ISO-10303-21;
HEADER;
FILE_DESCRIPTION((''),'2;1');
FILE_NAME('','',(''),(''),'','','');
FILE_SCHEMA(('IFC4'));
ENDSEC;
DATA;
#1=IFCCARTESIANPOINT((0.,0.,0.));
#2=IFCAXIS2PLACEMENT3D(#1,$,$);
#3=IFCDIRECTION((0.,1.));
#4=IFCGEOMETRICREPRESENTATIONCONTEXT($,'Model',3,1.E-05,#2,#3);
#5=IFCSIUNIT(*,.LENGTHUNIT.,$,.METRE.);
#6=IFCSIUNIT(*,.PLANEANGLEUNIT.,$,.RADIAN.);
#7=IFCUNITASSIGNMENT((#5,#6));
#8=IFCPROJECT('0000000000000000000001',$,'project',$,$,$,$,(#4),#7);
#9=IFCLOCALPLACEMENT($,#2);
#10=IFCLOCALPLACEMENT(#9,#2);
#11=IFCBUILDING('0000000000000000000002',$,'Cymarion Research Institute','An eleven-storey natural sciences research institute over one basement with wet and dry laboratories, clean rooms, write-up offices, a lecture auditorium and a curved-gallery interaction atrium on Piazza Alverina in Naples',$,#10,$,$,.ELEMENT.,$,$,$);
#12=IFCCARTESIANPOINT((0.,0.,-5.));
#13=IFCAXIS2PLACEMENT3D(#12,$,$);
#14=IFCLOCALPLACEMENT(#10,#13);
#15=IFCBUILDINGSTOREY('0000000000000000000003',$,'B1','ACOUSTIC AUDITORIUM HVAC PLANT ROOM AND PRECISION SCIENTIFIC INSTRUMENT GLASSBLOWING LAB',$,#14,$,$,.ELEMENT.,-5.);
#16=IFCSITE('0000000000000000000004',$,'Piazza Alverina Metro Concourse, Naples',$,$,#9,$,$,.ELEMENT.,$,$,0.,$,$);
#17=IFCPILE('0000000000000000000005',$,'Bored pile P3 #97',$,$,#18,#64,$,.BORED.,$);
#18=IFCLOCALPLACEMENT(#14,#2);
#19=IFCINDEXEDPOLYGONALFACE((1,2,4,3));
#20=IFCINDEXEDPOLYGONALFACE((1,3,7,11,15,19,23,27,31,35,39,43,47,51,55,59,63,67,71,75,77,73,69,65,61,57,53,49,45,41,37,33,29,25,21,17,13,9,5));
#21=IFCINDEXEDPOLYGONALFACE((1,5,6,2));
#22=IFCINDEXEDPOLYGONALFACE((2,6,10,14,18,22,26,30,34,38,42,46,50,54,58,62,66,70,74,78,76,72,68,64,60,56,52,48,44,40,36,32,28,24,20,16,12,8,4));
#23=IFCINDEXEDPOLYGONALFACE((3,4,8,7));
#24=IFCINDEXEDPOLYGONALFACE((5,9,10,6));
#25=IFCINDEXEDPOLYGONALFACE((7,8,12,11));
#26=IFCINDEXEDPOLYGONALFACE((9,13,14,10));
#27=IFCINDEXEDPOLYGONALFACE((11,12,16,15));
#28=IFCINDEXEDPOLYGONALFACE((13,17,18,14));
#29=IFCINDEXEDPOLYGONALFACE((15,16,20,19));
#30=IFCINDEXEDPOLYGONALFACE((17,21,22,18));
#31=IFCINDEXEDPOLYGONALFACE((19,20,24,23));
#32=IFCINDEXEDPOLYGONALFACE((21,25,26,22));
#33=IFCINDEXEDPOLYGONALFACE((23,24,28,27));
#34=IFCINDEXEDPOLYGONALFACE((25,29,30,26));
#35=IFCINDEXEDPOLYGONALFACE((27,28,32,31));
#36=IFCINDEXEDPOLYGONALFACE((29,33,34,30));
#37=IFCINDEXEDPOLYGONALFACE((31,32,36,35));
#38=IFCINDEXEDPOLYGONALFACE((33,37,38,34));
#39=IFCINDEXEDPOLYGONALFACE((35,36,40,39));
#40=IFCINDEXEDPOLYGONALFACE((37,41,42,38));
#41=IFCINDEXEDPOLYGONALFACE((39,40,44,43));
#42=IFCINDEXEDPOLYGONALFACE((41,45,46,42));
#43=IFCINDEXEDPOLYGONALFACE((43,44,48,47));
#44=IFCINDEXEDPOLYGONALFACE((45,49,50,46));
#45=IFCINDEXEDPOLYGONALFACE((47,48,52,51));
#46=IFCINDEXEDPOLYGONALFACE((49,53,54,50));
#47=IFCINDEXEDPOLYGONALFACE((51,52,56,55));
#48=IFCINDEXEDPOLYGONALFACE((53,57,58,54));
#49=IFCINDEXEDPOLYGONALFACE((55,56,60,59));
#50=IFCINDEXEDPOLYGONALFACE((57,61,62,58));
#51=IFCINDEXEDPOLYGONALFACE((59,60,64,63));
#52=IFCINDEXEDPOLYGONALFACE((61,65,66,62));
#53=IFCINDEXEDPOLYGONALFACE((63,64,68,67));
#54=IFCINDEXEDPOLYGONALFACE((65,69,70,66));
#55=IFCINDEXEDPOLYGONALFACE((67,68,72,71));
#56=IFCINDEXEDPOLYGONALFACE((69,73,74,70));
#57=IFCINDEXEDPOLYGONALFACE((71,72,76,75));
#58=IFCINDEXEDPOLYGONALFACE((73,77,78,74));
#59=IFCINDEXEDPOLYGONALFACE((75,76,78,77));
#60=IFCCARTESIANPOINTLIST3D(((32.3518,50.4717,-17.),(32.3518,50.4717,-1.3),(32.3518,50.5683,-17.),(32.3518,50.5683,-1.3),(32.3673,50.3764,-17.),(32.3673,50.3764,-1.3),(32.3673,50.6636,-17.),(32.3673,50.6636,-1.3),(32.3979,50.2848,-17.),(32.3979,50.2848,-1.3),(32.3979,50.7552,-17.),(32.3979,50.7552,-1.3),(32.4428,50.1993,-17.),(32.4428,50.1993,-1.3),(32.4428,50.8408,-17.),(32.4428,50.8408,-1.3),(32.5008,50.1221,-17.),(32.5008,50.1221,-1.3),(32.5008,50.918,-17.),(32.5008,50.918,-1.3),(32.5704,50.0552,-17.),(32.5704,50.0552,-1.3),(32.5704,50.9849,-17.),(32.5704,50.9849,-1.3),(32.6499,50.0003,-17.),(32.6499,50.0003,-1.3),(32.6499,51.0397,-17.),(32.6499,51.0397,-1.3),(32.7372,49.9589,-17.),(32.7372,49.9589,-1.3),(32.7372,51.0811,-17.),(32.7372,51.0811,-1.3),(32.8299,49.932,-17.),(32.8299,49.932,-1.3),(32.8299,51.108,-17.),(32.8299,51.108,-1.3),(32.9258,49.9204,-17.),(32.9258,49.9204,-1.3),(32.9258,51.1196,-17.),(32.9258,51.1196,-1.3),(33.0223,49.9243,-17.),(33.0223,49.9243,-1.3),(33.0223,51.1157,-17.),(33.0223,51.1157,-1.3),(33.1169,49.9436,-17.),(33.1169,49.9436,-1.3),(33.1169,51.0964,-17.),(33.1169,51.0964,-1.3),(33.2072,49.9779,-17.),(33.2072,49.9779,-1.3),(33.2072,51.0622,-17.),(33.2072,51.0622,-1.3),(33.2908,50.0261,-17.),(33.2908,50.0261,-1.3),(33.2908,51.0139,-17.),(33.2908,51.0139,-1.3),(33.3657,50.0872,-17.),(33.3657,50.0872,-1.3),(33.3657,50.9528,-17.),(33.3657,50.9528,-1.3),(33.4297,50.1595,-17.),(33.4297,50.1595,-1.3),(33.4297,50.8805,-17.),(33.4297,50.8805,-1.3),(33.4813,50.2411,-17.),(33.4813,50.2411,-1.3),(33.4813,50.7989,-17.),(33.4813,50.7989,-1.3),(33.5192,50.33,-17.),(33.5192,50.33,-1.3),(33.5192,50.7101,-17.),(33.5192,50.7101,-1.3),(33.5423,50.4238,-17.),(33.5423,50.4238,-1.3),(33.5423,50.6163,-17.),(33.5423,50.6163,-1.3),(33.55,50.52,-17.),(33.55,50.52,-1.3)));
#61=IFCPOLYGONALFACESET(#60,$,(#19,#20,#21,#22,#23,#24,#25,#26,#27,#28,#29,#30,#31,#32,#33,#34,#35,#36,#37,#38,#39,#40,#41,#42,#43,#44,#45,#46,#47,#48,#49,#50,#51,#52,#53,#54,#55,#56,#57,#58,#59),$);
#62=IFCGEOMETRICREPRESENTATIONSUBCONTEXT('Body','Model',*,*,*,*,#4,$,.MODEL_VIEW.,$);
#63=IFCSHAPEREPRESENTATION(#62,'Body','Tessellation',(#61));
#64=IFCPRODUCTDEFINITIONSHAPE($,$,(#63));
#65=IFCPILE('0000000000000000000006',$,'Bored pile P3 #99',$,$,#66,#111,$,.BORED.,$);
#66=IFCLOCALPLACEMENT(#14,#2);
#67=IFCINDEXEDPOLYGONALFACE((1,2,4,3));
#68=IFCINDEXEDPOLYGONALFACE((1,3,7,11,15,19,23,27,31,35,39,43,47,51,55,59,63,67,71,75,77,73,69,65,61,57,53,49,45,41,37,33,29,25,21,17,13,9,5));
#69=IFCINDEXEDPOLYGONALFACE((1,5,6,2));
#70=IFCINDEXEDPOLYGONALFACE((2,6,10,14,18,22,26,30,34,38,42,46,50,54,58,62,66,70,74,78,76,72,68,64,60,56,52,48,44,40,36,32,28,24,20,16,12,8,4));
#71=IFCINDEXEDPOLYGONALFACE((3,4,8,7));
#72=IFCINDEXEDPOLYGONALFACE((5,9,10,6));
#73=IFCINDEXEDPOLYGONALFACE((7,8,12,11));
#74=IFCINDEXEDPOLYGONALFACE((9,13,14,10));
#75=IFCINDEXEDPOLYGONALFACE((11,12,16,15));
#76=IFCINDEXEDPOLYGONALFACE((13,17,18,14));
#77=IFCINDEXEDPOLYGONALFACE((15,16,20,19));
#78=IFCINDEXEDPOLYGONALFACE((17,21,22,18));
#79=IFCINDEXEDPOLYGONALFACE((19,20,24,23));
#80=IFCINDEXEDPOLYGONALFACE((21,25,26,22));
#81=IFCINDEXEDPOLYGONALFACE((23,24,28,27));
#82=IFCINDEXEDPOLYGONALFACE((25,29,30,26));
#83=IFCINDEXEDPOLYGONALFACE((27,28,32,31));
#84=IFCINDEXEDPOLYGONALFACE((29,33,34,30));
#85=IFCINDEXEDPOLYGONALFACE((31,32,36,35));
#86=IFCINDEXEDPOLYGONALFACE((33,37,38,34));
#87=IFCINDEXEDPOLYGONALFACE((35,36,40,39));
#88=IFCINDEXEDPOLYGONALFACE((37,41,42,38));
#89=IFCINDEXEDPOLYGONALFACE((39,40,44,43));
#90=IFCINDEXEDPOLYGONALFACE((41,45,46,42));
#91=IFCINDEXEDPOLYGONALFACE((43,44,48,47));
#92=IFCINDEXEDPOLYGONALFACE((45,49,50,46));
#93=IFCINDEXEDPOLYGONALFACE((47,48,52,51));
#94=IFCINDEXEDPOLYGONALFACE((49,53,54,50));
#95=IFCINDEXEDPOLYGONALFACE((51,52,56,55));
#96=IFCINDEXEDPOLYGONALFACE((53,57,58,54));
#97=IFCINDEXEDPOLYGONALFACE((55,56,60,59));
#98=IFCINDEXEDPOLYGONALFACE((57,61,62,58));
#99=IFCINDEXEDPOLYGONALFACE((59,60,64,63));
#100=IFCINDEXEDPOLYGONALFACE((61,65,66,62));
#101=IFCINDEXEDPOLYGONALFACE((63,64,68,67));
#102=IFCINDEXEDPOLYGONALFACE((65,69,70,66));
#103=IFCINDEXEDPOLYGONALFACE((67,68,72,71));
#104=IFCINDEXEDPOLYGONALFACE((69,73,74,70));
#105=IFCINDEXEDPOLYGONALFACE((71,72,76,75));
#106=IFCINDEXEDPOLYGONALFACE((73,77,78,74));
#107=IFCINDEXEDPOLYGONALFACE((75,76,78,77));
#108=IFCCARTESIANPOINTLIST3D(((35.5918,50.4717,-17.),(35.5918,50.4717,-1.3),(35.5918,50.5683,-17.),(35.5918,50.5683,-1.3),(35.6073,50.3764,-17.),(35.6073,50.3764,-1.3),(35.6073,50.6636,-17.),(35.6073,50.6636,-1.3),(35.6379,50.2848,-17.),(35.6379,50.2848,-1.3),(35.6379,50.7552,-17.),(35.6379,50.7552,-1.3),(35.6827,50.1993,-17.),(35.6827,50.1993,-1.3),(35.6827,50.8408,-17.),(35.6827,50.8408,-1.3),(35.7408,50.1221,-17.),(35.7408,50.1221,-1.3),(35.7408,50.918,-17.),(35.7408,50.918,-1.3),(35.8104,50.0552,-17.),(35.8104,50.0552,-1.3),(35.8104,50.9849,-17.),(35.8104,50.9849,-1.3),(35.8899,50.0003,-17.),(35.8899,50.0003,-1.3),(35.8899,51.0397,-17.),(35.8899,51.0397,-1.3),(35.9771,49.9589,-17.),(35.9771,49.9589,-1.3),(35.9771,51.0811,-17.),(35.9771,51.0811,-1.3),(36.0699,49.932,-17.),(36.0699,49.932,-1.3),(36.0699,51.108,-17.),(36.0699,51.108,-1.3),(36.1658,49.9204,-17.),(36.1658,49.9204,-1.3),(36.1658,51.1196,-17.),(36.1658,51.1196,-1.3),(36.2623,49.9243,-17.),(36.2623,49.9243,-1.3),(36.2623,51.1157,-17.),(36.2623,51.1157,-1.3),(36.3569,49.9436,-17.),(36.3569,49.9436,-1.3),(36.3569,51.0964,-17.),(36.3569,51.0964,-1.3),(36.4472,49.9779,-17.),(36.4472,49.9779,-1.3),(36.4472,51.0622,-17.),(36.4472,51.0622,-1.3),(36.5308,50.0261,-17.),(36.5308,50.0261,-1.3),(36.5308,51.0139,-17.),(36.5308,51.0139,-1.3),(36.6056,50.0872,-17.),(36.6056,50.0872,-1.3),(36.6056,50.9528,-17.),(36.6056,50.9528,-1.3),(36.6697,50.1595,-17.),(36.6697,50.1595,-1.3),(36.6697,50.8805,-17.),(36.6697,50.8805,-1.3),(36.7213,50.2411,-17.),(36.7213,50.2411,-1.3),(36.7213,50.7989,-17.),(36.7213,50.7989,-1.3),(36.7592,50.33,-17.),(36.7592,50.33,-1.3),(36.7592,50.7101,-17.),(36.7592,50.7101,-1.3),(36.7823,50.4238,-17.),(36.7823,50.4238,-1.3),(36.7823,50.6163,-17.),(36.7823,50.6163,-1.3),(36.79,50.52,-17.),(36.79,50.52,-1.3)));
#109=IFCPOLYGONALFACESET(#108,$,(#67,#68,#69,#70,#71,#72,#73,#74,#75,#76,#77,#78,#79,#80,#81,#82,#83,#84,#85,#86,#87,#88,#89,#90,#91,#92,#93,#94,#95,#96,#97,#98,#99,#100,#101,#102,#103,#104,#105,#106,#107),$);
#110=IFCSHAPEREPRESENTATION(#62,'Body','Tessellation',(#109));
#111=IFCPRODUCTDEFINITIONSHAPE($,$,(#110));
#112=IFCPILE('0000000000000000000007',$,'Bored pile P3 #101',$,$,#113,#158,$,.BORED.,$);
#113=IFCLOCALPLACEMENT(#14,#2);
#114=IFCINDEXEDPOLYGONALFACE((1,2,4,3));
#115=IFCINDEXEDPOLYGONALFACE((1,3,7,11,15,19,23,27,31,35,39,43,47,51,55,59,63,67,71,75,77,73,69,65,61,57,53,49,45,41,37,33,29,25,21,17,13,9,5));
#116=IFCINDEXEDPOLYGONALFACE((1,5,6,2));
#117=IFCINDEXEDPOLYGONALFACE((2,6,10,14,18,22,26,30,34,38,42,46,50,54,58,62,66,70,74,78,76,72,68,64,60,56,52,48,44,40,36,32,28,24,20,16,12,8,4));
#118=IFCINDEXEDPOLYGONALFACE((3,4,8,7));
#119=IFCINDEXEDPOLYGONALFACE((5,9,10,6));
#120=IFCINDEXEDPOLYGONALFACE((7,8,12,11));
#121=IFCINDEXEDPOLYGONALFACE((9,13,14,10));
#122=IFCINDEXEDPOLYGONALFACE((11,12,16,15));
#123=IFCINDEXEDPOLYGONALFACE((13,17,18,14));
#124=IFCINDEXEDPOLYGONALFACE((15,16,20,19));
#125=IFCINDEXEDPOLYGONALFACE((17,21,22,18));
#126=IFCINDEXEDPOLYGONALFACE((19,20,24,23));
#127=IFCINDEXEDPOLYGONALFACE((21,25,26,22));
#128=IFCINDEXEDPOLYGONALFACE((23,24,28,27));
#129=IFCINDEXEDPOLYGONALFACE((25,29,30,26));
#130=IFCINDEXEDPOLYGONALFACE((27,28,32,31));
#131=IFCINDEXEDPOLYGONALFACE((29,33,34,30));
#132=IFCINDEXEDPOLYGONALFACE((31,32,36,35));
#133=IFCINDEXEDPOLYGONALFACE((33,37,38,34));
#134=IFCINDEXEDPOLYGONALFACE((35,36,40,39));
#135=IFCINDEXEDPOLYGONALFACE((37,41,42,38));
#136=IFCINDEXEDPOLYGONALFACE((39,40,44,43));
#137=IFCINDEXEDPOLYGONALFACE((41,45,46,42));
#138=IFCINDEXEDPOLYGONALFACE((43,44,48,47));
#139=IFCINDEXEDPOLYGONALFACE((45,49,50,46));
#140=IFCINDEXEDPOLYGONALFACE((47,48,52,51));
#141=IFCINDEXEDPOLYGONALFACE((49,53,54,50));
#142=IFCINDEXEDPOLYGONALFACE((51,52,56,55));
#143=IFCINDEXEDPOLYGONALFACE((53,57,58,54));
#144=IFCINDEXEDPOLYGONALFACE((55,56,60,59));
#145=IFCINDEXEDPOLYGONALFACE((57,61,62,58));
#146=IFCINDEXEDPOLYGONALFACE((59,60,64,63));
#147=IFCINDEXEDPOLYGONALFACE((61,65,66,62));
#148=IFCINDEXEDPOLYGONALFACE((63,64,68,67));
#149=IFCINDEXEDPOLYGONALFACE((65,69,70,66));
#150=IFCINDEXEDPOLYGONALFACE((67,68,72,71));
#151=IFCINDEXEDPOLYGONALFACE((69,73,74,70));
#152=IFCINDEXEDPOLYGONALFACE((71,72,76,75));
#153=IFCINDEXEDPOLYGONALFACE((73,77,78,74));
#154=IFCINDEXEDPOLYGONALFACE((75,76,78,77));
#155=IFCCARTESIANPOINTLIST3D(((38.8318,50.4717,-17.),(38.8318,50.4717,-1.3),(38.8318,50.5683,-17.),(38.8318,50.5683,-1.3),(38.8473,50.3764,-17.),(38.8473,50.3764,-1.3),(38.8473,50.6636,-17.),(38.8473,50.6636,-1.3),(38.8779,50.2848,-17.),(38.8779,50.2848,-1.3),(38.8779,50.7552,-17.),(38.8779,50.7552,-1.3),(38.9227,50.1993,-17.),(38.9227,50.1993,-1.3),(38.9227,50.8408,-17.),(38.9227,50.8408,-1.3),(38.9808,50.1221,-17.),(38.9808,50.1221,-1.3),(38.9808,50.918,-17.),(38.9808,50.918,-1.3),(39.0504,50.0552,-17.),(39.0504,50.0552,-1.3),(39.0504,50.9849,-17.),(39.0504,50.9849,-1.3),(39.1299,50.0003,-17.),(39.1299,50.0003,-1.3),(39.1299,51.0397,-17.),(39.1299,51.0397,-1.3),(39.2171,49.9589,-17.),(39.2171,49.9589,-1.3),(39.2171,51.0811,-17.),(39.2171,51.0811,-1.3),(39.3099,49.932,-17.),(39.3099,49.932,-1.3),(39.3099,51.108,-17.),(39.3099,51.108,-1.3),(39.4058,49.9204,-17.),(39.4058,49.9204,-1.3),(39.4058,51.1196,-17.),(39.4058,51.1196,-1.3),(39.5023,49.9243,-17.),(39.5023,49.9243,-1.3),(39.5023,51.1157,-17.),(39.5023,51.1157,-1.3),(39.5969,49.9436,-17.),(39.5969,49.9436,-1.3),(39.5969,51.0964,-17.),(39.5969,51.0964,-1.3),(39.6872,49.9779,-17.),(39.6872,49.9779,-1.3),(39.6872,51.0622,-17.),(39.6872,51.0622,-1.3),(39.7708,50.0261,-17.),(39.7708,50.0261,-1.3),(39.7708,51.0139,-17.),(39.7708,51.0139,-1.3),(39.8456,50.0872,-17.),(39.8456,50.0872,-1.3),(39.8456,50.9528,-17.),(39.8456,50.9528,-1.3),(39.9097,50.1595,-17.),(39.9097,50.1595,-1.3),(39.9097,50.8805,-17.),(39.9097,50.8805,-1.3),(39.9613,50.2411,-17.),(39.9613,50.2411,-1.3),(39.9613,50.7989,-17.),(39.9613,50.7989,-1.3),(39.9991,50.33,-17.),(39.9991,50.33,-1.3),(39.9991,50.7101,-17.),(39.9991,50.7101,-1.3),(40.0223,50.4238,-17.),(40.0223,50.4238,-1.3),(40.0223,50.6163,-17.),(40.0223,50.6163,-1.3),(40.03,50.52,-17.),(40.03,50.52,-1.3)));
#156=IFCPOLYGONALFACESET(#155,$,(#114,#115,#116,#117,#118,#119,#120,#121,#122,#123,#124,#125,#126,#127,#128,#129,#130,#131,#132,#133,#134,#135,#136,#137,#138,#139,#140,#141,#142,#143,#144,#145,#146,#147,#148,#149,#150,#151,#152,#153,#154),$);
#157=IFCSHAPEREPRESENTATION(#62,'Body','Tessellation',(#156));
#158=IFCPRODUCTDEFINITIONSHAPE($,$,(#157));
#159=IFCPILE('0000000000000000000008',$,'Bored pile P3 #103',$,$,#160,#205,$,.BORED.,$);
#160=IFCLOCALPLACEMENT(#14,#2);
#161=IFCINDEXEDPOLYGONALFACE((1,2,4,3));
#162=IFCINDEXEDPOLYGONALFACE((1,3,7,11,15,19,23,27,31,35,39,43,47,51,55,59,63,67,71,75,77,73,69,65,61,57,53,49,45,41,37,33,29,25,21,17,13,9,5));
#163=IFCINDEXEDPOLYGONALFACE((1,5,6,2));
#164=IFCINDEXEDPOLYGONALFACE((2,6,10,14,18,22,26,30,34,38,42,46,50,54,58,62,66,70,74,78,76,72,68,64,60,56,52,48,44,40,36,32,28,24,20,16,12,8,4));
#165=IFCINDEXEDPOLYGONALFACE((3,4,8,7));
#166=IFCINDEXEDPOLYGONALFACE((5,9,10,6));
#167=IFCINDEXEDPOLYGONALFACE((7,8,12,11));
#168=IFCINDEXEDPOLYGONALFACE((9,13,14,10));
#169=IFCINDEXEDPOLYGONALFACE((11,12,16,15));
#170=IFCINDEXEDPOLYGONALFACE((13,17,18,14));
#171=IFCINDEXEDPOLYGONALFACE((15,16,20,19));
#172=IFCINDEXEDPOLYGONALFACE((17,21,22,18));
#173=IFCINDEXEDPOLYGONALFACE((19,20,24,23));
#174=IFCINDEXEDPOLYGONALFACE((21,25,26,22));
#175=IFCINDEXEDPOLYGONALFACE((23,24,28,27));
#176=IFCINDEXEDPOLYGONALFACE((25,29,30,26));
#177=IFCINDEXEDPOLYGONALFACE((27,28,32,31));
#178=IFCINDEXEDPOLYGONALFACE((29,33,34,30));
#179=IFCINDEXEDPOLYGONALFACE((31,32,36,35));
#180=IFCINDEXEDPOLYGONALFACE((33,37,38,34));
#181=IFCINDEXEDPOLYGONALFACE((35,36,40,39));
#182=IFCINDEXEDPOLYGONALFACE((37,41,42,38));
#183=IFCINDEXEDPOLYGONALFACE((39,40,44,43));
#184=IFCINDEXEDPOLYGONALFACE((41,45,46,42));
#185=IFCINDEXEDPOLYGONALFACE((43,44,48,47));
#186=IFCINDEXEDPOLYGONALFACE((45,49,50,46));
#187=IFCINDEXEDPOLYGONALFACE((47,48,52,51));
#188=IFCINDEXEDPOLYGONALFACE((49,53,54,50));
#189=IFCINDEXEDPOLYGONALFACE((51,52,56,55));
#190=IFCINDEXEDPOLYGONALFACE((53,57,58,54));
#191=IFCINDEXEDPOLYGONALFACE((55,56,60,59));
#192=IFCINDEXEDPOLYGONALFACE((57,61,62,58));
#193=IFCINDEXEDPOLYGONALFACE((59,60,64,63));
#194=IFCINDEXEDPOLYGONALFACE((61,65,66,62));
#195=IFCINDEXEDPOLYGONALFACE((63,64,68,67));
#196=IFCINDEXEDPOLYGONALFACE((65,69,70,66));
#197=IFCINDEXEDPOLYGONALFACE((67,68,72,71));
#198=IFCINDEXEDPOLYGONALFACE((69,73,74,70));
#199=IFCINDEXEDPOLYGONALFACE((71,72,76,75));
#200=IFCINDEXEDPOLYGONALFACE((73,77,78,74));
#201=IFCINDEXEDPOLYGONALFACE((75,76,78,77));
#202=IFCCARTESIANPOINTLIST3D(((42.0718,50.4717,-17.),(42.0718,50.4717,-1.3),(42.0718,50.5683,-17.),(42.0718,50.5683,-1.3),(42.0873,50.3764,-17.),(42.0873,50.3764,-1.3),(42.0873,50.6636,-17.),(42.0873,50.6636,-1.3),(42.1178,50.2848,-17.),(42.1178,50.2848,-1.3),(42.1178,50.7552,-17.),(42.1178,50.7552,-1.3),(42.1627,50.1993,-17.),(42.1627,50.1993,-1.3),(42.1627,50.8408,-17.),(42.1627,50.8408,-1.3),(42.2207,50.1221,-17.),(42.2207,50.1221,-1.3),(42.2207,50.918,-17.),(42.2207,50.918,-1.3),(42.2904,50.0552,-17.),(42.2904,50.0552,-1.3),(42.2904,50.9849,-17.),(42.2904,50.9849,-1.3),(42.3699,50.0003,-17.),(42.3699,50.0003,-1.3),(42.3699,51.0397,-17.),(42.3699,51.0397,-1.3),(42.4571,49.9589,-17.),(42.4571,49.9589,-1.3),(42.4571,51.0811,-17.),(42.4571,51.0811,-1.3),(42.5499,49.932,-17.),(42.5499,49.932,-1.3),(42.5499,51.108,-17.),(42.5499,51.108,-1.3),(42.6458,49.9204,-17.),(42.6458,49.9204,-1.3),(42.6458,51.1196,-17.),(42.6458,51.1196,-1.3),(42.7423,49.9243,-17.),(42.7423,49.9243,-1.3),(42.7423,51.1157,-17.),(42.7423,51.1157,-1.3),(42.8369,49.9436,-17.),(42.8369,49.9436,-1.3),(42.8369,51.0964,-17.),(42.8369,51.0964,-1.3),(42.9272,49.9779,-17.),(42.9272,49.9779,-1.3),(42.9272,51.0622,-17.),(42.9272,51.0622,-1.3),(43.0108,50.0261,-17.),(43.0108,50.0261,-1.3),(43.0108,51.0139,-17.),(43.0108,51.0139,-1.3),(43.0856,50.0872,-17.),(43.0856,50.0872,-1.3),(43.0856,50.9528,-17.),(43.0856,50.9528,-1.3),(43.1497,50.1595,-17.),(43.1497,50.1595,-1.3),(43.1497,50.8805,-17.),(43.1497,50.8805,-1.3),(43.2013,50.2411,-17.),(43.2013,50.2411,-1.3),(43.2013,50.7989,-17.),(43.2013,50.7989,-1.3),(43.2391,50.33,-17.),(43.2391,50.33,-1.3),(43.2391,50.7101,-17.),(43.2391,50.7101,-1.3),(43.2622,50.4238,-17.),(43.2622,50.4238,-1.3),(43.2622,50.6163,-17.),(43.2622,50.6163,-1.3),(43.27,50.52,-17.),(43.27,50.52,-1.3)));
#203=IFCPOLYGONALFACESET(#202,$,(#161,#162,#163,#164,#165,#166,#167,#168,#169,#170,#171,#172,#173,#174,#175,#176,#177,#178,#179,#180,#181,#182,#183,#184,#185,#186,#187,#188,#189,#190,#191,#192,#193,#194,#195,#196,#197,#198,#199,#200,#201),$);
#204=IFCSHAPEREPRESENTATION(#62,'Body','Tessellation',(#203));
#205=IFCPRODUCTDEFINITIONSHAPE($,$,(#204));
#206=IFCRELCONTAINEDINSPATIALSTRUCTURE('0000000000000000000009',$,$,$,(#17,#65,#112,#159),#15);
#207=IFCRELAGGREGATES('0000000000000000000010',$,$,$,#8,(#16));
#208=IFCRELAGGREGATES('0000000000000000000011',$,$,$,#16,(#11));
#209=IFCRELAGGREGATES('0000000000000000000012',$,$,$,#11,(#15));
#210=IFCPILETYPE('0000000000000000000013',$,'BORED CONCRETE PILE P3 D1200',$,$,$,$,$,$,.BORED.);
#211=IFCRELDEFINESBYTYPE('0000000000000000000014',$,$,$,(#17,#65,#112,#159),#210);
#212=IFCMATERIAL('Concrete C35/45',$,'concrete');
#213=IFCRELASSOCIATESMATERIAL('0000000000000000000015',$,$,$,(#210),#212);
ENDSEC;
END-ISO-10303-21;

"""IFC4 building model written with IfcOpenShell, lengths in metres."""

from ifc_helpers import new_model, si_unit, direction, frame, origin, origin_2d, place, context, subcontext, project, spatial, circle, extrude, material, material_profile, profile_set, type_object, element, save


model = new_model("IFC4")

# Units and contexts
model_context = context("Model", 3, precision=1e-05, world=origin(), true_north=direction((0.0, 1.0)))
body_context = subcontext(model_context, "Body", "Model", "MODEL_VIEW")
ifc_project = project(units=[si_unit("LENGTHUNIT", "METRE"), si_unit("PLANEANGLEUNIT", "RADIAN")], contexts=[model_context])

# Site, building, storey
site_placement = place(None, origin())
site = spatial("IfcSite", under=ifc_project, at=site_placement, Name="Piazza Alverina Metro Concourse, Naples", CompositionType="ELEMENT", RefElevation=0.0)
building_placement = place(site_placement, origin())
building = spatial("IfcBuilding", under=site, at=building_placement, Name="Cymarion Research Institute", Description="An eleven-storey natural sciences research institute over one basement with wet and dry laboratories, clean rooms, write-up offices, a lecture auditorium and a curved-gallery interaction atrium on Piazza Alverina in Naples", CompositionType="ELEMENT")
storey_placement = place(building_placement, frame((0.0, 0.0, -5.0)))
storey = spatial("IfcBuildingStorey", under=building, at=storey_placement, Name="B1", Description="ACOUSTIC AUDITORIUM HVAC PLANT ROOM AND PRECISION SCIENTIFIC INSTRUMENT GLASSBLOWING LAB", CompositionType="ELEMENT", Elevation=-5.0)

# Piles
ifc_material_1 = material(Name="Concrete C35/45", Category="concrete")
ifc_material_profile = material_profile(ifc_material_1, circle(Radius=0.6001, at=origin_2d()), Name="BORED PILE D1200")
ifc_profile_set = profile_set([ifc_material_profile], Name="Concrete C35/45")
pile_type = type_object("IfcPileType", Name="BORED CONCRETE PILE P3 D1200", PredefinedType="BORED", material=ifc_profile_set)
for number, where, z_axis, x_axis, name in (
    (1, (32.95, 50.52, -1.3), (0.0, 0.0, -1.0), (1.0, 0.0, 0.0), "Bored pile P3 #97"),
    (2, (36.1899, 50.52, -1.3), (0.0, 0.0, -1.0), (1.0, 0.0, 0.0), "Bored pile P3 #99"),
    (3, (39.4299, 50.52, -1.3), (0.0, 0.0, -1.0), (1.0, 0.0, 0.0), "Bored pile P3 #101"),
    (4, (42.6699, 50.52, -1.3), (0.0, 0.0, -1.0), (1.0, 0.0, 0.0), "Bored pile P3 #103"),
):
    element("IfcPile", number, at=place(storey_placement, frame(where, z_axis=z_axis, x_axis=x_axis)), inside=storey, type_object=pile_type, Name=name, PredefinedType="BORED", context=body_context, shape_type="SweptSolid", body=[
        extrude(circle(Radius=0.6001, at=origin_2d()), origin(), (0.0, 0.0, 1.0), 15.7),
    ])

save(model, "model.ifc")
